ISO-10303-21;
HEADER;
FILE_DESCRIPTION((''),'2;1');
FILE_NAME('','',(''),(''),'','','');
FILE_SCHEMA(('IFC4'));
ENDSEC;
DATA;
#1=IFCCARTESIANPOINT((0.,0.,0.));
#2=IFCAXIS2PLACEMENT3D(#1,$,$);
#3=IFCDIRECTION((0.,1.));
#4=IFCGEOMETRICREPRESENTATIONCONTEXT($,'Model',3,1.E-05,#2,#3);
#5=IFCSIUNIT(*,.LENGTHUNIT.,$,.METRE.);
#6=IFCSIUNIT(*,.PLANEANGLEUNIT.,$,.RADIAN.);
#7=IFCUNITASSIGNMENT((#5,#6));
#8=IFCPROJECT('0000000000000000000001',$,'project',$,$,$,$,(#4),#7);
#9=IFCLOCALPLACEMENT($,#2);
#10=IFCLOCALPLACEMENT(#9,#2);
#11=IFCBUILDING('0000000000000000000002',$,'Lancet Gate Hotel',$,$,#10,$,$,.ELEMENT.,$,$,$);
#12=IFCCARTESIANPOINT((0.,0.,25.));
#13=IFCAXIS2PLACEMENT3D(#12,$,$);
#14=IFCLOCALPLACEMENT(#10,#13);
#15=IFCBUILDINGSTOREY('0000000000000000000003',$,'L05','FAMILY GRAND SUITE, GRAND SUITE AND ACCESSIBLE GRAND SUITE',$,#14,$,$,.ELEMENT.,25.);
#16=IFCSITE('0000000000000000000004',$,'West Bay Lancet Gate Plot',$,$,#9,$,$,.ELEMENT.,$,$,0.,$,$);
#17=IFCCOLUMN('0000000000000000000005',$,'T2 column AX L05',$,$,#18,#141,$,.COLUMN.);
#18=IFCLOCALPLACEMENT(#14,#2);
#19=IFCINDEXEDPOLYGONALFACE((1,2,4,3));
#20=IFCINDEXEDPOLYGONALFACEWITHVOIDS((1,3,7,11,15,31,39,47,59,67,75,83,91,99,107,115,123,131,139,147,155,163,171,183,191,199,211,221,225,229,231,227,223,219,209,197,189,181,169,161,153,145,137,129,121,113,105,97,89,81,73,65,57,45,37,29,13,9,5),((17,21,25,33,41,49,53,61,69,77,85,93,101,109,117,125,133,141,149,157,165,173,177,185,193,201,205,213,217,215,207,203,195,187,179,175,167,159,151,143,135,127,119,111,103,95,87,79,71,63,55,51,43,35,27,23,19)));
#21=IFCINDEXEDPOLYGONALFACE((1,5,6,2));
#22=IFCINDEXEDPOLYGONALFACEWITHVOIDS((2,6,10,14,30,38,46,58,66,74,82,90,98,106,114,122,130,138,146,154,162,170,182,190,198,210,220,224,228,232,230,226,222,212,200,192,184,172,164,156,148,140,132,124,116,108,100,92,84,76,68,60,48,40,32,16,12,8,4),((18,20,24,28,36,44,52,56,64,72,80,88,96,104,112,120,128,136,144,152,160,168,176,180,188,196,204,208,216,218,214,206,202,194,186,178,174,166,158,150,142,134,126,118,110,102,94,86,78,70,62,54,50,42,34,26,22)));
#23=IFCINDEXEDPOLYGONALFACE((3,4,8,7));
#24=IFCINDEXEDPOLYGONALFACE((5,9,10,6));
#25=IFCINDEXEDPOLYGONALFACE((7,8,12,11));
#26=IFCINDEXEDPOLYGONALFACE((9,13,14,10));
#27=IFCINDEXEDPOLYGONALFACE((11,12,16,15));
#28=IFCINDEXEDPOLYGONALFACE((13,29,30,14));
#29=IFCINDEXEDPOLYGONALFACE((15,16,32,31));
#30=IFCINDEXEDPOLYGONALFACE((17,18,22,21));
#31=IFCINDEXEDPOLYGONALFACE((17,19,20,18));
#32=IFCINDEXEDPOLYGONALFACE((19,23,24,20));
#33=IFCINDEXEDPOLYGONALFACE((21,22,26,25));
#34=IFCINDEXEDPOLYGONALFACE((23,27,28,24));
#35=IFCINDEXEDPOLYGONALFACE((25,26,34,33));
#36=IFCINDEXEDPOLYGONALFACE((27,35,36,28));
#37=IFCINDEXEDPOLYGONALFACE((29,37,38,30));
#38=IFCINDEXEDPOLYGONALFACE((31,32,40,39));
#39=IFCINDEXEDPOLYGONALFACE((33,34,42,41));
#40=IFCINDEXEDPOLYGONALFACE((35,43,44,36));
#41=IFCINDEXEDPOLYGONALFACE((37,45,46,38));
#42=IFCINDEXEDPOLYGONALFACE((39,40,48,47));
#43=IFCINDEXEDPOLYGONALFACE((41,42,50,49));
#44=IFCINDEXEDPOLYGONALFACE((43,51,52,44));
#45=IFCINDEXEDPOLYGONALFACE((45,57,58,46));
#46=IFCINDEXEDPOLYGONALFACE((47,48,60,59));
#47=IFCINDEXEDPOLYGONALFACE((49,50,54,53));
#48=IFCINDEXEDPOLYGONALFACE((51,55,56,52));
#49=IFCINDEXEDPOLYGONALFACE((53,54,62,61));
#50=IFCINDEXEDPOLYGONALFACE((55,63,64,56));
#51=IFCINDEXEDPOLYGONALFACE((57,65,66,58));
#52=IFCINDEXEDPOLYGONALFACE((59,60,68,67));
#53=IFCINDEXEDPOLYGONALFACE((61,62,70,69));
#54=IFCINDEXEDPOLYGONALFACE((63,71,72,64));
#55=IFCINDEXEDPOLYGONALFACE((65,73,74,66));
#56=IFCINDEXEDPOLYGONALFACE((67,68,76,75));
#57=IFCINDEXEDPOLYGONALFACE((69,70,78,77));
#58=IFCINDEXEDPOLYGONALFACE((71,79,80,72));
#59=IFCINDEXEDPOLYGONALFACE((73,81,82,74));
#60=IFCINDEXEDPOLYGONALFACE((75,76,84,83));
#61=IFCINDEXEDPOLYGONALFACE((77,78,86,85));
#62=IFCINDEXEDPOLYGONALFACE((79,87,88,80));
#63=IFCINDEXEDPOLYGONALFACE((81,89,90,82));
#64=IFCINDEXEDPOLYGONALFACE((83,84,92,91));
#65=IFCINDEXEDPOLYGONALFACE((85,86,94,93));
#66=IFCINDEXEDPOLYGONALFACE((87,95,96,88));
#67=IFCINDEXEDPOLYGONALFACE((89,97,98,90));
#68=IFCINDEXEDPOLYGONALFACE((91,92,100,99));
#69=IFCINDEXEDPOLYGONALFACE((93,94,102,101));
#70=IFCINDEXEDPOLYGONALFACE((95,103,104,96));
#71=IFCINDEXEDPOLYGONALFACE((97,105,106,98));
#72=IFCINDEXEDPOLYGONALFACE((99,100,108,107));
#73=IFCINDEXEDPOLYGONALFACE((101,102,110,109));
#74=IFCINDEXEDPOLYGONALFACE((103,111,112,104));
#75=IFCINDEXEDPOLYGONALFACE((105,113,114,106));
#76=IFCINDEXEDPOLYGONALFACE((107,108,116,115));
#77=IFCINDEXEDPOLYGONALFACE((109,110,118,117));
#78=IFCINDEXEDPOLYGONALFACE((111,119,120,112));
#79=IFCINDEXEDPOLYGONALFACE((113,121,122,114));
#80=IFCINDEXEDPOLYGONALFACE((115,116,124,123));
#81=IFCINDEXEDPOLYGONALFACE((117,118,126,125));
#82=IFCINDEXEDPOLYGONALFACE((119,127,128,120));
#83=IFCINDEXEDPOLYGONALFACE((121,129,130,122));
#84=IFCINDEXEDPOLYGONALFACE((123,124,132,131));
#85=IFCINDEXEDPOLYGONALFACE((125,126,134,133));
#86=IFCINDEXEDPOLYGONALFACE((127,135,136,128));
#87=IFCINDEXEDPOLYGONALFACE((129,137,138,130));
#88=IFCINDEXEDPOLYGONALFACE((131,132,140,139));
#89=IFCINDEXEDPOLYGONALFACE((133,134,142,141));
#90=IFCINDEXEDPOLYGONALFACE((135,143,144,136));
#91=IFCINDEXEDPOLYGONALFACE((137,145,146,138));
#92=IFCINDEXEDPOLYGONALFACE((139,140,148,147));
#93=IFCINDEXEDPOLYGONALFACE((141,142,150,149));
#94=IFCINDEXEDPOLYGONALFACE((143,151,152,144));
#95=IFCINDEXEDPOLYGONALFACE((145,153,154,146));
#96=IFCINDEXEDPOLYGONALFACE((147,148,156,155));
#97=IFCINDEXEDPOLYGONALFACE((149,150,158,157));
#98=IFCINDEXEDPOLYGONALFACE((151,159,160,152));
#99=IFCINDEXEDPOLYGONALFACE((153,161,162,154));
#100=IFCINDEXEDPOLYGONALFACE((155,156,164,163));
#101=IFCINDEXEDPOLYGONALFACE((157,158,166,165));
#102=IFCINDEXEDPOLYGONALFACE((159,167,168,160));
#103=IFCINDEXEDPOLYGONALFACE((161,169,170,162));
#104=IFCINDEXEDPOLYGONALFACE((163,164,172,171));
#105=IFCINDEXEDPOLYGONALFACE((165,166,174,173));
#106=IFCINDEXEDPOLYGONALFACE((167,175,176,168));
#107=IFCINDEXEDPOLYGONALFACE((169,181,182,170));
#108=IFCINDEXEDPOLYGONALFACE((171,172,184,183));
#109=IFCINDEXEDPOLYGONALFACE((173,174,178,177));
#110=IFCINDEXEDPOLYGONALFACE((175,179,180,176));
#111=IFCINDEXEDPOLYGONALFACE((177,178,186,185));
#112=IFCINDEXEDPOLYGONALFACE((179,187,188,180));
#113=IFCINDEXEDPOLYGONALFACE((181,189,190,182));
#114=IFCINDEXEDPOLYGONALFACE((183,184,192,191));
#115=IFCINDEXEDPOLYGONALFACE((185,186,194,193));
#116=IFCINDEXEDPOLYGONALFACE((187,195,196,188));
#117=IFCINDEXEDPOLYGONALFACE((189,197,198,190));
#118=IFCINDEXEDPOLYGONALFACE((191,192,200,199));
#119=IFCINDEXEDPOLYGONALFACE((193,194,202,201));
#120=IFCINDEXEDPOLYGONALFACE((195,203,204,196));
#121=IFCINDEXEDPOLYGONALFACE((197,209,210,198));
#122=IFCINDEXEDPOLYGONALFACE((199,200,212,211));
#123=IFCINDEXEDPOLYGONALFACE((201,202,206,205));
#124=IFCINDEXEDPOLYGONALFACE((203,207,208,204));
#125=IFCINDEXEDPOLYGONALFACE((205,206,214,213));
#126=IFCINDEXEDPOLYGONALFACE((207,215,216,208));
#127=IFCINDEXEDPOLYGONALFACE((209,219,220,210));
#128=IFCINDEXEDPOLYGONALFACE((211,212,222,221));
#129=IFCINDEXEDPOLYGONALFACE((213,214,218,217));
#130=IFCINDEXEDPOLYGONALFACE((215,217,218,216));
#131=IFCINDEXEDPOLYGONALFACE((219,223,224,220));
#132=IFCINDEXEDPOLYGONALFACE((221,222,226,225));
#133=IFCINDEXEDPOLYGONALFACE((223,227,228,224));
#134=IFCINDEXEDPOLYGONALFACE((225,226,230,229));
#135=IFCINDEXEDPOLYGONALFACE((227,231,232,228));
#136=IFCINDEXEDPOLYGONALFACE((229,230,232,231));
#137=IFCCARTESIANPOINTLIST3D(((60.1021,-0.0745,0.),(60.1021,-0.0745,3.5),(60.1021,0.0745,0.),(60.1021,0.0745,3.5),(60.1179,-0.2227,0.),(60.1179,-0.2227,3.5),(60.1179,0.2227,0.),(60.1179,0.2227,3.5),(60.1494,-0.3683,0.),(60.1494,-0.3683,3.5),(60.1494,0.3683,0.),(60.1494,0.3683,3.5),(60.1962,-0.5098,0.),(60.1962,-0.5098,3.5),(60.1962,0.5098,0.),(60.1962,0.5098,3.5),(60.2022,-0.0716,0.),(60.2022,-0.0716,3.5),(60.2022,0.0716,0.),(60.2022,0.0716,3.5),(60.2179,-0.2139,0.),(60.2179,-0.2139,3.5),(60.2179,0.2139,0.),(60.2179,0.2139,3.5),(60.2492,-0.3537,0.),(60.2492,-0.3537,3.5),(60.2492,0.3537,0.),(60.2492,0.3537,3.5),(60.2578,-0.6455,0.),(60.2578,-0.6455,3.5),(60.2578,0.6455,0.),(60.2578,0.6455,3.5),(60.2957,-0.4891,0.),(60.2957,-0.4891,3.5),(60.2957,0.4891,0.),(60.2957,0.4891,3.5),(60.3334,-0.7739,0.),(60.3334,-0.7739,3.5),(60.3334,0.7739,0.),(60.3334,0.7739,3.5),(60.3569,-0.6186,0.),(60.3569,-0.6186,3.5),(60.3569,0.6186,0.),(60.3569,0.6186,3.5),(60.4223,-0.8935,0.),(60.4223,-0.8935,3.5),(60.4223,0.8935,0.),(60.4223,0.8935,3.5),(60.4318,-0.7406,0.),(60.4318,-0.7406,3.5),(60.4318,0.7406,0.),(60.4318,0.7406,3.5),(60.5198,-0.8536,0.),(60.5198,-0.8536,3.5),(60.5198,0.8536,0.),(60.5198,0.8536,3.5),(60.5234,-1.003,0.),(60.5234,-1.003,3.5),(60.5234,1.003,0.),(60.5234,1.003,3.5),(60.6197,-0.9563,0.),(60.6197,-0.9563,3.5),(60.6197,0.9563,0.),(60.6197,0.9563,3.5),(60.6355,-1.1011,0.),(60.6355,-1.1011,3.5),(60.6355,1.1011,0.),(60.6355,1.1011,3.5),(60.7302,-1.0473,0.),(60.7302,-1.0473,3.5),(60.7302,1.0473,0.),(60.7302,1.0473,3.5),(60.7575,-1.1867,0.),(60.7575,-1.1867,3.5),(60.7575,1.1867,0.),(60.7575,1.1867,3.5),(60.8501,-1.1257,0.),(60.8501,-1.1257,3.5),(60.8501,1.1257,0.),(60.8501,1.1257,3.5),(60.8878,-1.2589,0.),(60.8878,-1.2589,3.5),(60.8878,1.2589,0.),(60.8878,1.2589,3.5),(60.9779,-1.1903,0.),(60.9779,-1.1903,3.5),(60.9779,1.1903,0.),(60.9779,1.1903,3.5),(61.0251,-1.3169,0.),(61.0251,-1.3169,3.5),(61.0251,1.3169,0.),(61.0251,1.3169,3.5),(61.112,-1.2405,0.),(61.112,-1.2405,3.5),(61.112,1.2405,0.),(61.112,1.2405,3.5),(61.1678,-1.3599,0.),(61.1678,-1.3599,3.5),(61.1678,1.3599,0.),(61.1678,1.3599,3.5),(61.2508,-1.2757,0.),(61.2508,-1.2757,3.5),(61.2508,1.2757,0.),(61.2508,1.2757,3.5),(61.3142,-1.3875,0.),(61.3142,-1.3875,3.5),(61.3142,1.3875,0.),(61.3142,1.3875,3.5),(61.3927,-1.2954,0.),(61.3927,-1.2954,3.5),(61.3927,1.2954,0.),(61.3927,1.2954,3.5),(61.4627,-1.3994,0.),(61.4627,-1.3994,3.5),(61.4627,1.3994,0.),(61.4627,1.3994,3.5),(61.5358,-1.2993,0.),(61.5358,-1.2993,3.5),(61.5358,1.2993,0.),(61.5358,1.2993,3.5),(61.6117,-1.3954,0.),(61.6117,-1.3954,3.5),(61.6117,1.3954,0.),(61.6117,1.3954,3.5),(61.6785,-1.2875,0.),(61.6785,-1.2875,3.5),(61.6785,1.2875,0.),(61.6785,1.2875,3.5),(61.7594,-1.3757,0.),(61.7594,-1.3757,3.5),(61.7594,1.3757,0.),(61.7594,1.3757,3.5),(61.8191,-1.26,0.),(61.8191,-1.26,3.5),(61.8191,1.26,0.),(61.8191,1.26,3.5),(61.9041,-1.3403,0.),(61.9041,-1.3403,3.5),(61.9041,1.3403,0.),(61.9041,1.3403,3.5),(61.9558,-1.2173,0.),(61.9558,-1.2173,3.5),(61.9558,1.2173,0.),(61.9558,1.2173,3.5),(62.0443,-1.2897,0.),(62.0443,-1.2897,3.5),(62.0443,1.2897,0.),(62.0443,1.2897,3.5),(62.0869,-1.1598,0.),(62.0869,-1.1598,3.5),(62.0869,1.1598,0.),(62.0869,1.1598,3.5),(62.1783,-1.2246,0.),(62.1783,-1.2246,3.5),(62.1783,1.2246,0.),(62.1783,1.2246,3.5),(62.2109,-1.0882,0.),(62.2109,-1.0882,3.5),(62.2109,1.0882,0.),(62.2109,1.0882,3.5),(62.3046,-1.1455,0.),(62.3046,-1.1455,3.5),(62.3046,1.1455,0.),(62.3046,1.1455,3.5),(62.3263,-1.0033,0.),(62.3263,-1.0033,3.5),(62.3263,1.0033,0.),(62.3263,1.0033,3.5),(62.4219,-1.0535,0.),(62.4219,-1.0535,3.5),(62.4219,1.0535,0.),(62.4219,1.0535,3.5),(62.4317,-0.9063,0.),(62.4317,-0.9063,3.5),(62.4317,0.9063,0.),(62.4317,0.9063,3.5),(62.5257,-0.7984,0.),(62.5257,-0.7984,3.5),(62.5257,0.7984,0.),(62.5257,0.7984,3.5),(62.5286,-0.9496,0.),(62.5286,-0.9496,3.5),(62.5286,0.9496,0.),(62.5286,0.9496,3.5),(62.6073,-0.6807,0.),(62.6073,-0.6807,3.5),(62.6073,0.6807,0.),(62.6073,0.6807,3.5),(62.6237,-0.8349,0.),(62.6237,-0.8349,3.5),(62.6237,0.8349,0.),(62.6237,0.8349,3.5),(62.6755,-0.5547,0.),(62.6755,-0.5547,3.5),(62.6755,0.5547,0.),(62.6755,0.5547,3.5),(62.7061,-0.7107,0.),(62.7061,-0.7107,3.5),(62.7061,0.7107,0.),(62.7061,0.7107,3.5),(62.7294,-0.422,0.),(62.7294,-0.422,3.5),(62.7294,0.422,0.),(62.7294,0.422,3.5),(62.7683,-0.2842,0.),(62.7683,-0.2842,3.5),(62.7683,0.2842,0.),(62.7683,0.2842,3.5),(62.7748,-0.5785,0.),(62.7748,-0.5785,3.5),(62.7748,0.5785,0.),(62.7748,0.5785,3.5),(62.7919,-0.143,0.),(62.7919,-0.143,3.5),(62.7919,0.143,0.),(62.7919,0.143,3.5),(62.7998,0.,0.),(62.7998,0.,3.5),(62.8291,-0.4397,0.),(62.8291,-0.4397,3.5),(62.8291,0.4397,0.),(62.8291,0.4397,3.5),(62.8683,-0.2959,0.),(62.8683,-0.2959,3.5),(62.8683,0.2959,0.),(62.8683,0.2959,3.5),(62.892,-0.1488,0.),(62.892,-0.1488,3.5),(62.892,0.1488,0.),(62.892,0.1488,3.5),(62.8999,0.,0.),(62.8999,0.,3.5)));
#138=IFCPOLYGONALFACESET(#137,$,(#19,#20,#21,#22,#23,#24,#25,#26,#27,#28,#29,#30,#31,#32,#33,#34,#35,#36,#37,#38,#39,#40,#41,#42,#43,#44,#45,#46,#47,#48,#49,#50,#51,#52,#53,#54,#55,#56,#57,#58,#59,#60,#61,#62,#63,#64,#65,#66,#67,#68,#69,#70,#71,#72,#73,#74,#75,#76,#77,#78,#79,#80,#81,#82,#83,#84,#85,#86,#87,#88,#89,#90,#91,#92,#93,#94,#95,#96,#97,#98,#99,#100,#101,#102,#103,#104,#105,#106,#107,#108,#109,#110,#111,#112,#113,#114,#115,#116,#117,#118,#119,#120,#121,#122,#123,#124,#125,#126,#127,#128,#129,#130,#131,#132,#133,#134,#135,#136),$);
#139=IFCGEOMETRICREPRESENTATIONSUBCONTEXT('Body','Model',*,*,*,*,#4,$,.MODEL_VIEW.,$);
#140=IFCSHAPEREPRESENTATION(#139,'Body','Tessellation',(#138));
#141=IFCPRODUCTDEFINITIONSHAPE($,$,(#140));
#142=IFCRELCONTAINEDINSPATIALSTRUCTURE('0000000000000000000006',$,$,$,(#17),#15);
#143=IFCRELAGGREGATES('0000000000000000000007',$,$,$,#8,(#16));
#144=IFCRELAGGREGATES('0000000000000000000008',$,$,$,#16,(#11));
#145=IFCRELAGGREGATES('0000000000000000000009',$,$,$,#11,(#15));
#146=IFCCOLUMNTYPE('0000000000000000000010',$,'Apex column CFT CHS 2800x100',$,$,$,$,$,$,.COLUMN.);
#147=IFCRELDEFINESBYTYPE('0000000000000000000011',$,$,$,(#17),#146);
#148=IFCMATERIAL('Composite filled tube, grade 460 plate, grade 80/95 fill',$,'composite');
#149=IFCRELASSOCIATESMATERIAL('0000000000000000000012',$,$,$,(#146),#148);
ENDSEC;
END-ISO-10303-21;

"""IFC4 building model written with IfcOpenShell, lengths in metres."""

from ifc_helpers import new_model, si_unit, direction, frame, origin, origin_2d, place, context, subcontext, project, spatial, hollow_circle, extrude, material, material_profile, profile_set, type_object, element, save


model = new_model("IFC4")

# Units and contexts
model_context = context("Model", 3, precision=1e-05, world=origin(), true_north=direction((0.0, 1.0)))
body_context = subcontext(model_context, "Body", "Model", "MODEL_VIEW")
ifc_project = project(units=[si_unit("LENGTHUNIT", "METRE"), si_unit("PLANEANGLEUNIT", "RADIAN")], contexts=[model_context])

# Site, building, storey
site_placement = place(None, origin())
site = spatial("IfcSite", under=ifc_project, at=site_placement, Name="West Bay Lancet Gate Plot", CompositionType="ELEMENT", RefElevation=0.0)
building_placement = place(site_placement, origin())
building = spatial("IfcBuilding", under=site, at=building_placement, Name="Lancet Gate Hotel", CompositionType="ELEMENT")
storey_placement = place(building_placement, frame((0.0, 0.0, 25.0)))
storey = spatial("IfcBuildingStorey", under=building, at=storey_placement, Name="L05", Description="FAMILY GRAND SUITE, GRAND SUITE AND ACCESSIBLE GRAND SUITE", CompositionType="ELEMENT", Elevation=25.0)

# Column
ifc_material_1 = material(Name="Composite filled tube, grade 460 plate, grade 80/95 fill", Category="composite")
ifc_material_profile_1 = material_profile(ifc_material_1, hollow_circle(Radius=1.3999, WallThickness=0.1001, at=origin_2d()), Name="CHS 2800x100")
ifc_profile_set_1 = profile_set([ifc_material_profile_1], Name="Composite filled tube, grade 460 plate, grade 80/95 fill")
column_type_1 = type_object("IfcColumnType", Name="Apex column CFT CHS 2800x100", PredefinedType="COLUMN", material=ifc_profile_set_1)
column_1_placement = place(storey_placement, frame((61.5, 0.0, 0.0), z_axis=(0.0, 0.0, 1.0), x_axis=(1.0, 0.0, 0.0)))
element("IfcColumn", 1, at=column_1_placement, inside=storey, type_object=column_type_1, Name="T2 column AX L05", PredefinedType="COLUMN", context=body_context, shape_type="SweptSolid", body=[
    extrude(hollow_circle(Radius=1.3999, WallThickness=0.1001, at=origin_2d()), origin(), (0.0, 0.0, 1.0), 3.5),
])

save(model, "model.ifc")
